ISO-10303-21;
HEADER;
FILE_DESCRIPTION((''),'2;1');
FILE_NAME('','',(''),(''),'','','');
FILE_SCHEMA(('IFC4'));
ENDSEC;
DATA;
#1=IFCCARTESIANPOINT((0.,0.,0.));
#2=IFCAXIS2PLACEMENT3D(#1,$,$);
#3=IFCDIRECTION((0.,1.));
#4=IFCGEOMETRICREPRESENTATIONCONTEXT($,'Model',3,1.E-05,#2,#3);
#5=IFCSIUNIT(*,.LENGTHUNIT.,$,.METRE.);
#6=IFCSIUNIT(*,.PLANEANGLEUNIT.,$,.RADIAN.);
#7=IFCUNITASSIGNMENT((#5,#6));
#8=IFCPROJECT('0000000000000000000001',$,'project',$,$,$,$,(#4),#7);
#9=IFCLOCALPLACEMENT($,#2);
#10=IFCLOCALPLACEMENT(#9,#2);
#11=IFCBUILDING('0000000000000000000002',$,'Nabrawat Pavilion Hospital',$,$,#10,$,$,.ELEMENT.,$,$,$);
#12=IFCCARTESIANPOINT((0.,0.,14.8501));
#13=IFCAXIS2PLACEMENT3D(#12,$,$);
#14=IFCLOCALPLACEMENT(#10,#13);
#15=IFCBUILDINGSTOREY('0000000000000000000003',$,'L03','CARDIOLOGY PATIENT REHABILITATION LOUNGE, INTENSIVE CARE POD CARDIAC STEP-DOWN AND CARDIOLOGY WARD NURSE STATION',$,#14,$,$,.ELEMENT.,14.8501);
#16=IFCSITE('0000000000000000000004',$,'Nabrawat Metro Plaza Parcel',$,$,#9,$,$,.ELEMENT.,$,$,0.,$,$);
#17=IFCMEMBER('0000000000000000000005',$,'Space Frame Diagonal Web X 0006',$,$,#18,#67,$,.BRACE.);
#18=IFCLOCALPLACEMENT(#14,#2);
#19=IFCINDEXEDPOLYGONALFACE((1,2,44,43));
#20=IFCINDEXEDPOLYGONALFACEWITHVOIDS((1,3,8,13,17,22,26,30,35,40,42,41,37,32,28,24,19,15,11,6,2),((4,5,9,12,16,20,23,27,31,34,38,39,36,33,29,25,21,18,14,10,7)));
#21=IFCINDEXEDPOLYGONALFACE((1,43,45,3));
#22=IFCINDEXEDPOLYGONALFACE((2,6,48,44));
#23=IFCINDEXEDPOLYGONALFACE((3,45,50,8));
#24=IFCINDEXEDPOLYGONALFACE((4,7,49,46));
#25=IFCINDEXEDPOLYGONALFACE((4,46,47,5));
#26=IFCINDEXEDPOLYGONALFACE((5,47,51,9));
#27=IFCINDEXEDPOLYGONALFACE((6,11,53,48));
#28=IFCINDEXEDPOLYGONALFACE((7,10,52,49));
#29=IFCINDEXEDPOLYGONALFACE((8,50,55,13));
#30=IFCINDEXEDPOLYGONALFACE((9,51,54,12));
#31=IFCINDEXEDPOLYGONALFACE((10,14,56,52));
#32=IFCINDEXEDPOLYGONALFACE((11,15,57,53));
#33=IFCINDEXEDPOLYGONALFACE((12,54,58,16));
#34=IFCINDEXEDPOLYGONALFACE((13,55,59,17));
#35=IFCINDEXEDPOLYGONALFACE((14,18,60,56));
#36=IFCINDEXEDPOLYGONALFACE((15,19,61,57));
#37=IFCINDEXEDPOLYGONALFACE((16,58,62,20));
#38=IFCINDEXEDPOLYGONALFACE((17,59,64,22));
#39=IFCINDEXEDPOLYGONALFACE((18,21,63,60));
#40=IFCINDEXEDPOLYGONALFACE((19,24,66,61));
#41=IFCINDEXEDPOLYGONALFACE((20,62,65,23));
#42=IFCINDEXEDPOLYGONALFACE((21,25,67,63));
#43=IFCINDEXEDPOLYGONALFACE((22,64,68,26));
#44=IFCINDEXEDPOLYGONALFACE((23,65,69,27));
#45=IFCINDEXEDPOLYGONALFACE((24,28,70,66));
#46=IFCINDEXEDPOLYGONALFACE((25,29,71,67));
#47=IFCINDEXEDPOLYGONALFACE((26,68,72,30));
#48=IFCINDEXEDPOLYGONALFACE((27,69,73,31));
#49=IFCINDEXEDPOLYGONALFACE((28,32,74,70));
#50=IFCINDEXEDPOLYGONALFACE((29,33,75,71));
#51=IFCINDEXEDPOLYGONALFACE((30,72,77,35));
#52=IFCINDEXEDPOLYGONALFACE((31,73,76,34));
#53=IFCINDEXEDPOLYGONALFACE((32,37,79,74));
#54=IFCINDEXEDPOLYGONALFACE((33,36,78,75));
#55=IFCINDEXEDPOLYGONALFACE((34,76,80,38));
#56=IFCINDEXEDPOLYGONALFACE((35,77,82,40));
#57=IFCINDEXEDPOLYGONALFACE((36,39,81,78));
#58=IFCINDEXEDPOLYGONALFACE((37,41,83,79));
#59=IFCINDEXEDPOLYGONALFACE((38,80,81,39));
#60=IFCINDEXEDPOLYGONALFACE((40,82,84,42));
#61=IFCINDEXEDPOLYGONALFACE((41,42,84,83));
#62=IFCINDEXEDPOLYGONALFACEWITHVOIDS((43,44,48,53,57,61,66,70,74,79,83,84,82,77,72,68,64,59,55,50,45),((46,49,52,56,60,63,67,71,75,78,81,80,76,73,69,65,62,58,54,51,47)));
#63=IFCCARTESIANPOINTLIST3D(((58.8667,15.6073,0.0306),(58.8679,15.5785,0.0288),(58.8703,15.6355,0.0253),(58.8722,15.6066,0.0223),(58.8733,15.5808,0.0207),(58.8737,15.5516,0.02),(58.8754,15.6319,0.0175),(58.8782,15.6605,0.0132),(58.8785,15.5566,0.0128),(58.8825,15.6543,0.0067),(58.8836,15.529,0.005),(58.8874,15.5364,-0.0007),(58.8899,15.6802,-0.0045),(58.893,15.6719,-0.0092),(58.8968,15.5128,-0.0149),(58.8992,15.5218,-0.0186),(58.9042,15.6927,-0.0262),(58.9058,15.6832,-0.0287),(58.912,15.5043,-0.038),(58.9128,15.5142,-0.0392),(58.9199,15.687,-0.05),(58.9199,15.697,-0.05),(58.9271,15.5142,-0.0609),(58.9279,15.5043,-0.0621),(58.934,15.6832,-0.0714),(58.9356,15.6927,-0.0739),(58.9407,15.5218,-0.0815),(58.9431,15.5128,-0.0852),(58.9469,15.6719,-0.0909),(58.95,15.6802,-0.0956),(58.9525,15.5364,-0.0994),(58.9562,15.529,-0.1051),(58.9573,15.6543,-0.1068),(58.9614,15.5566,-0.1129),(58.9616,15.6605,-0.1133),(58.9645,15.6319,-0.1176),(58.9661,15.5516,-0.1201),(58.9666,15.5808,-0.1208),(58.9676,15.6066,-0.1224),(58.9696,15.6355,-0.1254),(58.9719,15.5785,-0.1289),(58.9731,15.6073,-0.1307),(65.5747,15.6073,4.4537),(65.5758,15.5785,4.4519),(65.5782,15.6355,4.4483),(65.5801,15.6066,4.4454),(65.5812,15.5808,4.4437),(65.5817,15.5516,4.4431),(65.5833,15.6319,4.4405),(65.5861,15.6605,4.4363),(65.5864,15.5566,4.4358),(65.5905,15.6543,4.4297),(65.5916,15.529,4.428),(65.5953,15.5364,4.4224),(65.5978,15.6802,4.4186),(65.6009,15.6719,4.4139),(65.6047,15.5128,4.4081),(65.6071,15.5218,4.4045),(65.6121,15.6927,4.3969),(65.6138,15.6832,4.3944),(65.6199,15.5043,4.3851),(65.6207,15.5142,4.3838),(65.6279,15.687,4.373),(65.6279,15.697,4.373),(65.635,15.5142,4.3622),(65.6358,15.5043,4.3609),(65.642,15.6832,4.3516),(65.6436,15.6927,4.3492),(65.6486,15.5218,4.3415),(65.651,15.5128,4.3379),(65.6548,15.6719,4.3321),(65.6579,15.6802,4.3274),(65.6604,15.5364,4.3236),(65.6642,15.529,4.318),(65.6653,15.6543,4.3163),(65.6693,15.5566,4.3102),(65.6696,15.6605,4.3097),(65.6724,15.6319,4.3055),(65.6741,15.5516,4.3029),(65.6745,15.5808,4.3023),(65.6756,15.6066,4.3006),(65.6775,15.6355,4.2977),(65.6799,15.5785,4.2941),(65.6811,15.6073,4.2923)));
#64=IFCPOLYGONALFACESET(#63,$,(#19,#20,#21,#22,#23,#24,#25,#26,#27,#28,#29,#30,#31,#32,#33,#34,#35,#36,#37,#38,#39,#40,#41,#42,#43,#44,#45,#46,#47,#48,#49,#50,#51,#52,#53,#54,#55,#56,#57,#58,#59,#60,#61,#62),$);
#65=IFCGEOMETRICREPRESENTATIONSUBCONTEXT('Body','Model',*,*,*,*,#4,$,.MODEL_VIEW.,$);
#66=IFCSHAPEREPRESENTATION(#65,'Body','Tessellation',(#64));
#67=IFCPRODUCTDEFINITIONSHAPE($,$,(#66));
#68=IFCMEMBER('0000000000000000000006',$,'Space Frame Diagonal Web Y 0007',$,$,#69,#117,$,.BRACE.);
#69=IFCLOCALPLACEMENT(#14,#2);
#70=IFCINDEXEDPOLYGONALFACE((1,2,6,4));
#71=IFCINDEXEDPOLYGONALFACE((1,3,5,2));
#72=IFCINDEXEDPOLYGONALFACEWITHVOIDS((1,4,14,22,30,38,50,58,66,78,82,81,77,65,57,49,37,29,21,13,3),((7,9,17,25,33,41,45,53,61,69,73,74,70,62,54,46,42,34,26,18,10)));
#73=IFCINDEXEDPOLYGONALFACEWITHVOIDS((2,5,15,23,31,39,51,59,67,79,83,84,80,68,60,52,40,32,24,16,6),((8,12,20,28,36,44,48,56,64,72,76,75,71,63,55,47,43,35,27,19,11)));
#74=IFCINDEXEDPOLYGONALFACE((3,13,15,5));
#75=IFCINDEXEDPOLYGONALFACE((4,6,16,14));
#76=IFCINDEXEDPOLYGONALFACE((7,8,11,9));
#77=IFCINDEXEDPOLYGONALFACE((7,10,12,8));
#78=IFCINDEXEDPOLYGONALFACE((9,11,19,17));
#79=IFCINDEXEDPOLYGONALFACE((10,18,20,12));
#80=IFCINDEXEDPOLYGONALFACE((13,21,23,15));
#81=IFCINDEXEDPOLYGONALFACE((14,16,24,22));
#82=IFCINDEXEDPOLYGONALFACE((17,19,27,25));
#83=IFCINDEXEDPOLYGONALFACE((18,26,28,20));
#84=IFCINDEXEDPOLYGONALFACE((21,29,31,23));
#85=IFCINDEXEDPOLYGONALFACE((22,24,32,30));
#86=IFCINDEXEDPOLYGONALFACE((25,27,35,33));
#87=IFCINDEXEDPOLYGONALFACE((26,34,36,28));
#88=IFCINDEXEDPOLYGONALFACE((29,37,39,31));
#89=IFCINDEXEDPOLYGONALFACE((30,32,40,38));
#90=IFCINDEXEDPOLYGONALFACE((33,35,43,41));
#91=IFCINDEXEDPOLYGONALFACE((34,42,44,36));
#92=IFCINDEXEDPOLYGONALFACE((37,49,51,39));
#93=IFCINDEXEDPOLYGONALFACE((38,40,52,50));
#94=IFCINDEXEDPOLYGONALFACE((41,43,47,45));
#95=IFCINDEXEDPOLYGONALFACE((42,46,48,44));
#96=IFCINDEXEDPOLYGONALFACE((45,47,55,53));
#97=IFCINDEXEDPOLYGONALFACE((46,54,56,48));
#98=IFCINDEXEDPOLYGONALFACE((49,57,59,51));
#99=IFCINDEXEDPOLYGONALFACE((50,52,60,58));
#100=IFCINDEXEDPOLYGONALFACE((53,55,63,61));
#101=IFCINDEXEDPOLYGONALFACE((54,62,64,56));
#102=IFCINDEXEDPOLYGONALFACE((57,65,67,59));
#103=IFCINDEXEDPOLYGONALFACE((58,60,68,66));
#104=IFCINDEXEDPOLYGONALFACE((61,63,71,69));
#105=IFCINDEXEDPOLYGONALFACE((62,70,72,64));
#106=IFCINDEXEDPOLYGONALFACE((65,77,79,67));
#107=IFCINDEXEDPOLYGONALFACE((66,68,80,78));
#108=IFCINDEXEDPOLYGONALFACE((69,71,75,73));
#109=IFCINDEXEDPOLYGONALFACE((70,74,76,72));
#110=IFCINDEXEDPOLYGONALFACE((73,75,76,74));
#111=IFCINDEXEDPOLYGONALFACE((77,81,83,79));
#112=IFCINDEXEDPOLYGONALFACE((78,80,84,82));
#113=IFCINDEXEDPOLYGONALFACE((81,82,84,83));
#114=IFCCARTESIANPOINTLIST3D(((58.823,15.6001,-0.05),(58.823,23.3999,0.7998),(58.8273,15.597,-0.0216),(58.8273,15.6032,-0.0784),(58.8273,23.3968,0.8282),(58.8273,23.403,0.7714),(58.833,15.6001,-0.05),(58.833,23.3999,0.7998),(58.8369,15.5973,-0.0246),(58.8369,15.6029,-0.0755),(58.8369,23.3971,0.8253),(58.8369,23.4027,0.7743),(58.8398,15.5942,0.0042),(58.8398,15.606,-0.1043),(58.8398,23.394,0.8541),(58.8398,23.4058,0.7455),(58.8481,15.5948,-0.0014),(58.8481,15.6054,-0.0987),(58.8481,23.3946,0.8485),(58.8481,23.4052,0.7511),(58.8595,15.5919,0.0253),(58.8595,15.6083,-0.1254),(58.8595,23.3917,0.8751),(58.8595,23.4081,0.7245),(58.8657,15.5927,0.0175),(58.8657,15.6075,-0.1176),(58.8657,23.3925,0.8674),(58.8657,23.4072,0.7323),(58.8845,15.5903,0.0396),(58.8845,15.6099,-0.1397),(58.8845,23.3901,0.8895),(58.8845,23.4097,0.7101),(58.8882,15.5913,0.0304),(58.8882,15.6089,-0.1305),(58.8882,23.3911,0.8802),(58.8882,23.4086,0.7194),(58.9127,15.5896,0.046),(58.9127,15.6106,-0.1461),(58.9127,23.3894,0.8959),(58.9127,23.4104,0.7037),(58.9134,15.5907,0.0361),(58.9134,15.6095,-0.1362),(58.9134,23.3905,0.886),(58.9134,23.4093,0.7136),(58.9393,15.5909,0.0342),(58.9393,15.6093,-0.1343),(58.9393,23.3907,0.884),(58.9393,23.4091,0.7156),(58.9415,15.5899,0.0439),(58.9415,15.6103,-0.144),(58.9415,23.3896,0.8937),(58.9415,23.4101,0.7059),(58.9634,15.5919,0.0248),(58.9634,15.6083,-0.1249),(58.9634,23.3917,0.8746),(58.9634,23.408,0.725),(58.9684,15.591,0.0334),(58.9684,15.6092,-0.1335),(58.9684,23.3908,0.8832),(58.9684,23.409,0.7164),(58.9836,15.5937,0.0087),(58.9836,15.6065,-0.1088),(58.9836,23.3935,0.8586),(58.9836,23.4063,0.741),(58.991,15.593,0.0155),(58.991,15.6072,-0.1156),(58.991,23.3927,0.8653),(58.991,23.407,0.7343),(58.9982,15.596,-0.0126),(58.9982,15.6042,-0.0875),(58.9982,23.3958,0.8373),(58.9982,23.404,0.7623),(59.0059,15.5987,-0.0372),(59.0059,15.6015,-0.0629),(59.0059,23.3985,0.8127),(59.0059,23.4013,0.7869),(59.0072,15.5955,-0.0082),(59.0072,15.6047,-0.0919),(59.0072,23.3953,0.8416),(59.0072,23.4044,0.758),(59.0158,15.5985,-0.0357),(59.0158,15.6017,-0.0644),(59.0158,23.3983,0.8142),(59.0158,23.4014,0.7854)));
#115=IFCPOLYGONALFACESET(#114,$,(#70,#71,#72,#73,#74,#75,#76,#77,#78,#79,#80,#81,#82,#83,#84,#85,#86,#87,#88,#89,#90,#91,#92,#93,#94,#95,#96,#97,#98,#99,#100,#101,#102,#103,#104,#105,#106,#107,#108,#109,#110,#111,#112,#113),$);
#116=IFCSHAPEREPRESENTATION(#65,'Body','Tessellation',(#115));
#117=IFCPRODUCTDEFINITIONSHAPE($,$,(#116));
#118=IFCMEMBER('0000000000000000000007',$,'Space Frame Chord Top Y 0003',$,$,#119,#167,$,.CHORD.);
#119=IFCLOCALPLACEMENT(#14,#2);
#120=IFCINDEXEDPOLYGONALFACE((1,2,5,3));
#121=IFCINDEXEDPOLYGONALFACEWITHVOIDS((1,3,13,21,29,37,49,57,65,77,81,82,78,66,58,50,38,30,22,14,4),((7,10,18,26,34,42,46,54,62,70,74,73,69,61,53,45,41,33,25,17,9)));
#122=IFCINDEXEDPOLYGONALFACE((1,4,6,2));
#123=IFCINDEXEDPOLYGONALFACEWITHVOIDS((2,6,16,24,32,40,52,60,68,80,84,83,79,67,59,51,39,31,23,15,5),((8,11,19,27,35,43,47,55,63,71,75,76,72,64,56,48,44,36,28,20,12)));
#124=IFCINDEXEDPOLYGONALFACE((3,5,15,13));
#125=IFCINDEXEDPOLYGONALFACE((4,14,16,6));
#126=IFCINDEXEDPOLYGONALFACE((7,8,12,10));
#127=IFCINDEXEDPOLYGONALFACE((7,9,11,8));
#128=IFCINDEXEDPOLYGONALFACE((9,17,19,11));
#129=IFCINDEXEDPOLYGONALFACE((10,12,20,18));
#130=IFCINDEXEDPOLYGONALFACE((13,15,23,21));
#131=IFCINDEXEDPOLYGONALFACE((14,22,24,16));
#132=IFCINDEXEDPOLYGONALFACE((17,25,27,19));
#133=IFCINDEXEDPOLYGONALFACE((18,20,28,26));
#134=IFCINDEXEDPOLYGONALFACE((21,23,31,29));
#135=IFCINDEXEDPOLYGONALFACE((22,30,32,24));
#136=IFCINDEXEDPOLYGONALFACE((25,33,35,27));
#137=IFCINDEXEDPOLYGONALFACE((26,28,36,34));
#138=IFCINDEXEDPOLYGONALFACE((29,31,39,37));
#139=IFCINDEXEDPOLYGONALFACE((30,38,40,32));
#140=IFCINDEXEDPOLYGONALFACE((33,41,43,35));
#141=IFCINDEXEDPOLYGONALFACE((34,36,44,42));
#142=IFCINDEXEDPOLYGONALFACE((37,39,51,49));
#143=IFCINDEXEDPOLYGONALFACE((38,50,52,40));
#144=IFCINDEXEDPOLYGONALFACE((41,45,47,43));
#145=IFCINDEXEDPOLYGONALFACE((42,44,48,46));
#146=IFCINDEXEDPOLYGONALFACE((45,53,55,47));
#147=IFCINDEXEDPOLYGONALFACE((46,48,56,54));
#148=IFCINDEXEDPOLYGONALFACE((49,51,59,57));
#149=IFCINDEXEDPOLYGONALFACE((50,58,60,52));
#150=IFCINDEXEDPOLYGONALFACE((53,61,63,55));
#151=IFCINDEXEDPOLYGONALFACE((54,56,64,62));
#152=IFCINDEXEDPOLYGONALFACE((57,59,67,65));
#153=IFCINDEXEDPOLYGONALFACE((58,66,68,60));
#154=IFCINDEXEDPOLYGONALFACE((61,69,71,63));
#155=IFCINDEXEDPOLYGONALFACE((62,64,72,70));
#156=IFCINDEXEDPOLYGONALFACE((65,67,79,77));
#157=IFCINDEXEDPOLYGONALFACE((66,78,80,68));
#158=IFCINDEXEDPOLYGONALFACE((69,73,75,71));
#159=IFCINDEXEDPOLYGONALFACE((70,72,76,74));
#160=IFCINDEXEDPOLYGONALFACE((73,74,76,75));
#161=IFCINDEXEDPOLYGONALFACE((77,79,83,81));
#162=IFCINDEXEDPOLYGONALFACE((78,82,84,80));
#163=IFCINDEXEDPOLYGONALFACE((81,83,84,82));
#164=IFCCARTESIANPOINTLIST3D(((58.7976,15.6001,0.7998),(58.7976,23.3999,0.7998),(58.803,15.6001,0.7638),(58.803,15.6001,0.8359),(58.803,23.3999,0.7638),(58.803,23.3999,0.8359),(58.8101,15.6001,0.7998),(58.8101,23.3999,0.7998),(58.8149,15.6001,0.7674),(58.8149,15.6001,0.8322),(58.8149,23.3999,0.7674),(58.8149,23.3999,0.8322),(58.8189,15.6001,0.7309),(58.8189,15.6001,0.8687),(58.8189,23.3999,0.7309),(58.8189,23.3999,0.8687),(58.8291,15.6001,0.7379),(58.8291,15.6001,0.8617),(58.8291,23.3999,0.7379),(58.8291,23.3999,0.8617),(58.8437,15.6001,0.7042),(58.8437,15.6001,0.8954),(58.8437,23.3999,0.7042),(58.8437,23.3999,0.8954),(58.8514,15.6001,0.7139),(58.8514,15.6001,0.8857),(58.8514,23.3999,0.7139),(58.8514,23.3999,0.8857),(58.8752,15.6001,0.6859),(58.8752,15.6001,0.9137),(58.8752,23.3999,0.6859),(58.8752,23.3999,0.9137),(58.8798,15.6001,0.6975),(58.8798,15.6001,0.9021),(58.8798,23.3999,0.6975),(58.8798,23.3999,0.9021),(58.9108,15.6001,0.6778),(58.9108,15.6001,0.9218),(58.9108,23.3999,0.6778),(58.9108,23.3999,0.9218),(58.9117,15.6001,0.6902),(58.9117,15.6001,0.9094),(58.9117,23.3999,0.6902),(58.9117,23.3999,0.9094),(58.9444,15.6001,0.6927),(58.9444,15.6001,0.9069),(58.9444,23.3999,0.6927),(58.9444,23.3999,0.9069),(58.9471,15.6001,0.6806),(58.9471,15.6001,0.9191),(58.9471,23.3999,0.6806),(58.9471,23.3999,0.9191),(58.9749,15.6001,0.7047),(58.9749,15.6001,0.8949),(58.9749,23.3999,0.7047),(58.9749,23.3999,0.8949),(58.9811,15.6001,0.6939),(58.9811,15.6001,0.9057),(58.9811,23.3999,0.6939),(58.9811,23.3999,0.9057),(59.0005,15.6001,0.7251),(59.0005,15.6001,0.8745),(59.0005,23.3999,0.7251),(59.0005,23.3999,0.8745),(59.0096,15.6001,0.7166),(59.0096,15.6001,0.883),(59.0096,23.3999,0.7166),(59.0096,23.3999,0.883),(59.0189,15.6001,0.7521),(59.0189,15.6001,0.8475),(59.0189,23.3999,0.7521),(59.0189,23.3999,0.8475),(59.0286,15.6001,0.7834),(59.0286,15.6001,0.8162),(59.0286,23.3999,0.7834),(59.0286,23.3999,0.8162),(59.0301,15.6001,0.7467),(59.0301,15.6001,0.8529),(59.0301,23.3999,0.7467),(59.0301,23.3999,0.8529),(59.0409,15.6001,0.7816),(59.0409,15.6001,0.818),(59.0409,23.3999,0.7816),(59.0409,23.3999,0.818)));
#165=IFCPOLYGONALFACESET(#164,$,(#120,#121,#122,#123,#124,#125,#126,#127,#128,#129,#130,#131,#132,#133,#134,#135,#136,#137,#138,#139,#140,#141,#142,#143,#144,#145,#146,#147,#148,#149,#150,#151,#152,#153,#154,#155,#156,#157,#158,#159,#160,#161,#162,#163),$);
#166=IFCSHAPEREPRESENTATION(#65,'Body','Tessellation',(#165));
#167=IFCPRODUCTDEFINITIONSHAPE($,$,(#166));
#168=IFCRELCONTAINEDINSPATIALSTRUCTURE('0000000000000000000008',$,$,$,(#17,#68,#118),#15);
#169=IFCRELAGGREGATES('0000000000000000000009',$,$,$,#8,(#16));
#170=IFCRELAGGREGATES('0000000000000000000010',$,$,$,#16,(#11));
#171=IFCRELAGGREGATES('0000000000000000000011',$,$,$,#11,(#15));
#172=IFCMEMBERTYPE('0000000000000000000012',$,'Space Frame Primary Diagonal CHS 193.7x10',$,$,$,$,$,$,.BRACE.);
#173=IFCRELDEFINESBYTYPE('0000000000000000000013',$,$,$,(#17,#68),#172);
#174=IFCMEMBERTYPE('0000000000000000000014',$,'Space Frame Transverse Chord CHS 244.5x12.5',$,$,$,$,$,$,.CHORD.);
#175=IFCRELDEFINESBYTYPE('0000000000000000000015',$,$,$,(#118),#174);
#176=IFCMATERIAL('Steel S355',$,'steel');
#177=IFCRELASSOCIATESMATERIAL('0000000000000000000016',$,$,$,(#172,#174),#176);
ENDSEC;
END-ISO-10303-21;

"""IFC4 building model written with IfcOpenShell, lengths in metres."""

from ifc_helpers import new_model, si_unit, direction, frame, origin, origin_2d, place, context, subcontext, project, spatial, hollow_circle, extrude, material, material_profile, profile_set, type_object, element, save


model = new_model("IFC4")

# Units and contexts
model_context = context("Model", 3, precision=1e-05, world=origin(), true_north=direction((0.0, 1.0)))
body_context = subcontext(model_context, "Body", "Model", "MODEL_VIEW")
ifc_project = project(units=[si_unit("LENGTHUNIT", "METRE"), si_unit("PLANEANGLEUNIT", "RADIAN")], contexts=[model_context])

# Site, building, storey
site_placement = place(None, origin())
site = spatial("IfcSite", under=ifc_project, at=site_placement, Name="Nabrawat Metro Plaza Parcel", CompositionType="ELEMENT", RefElevation=0.0)
building_placement = place(site_placement, origin())
building = spatial("IfcBuilding", under=site, at=building_placement, Name="Nabrawat Pavilion Hospital", CompositionType="ELEMENT")
storey_placement = place(building_placement, frame((0.0, 0.0, 14.8501)))
storey = spatial("IfcBuildingStorey", under=building, at=storey_placement, Name="L03", Description="CARDIOLOGY PATIENT REHABILITATION LOUNGE, INTENSIVE CARE POD CARDIAC STEP-DOWN AND CARDIOLOGY WARD NURSE STATION", CompositionType="ELEMENT", Elevation=14.8501)

# Shared definitions
ifc_material_1 = material(Name="Steel S355", Category="steel")

# Members
ifc_material_profile_1 = material_profile(ifc_material_1, hollow_circle(Radius=0.0969, WallThickness=0.01, at=origin_2d()), Name="CHS 193.7x10")
ifc_profile_set_1 = profile_set([ifc_material_profile_1], Name="Steel S355")
member_type_1 = type_object("IfcMemberType", Name="Space Frame Primary Diagonal CHS 193.7x10", PredefinedType="BRACE", material=ifc_profile_set_1)
member_1_placement = place(storey_placement, frame((58.9199, 15.6001, -0.05), z_axis=(0.834849, 0.0, 0.550479), x_axis=(0.0, 1.0, 0.0)))
element("IfcMember", 1, at=member_1_placement, inside=storey, type_object=member_type_1, Name="Space Frame Diagonal Web X 0006", PredefinedType="BRACE", context=body_context, shape_type="SweptSolid", body=[
    extrude(hollow_circle(Radius=0.0969, WallThickness=0.01, at=origin_2d()), origin(), (0.0, 0.0, 1.0), 8.0349),
])
member_2_placement = place(storey_placement, frame((58.9199, 15.6001, -0.05), z_axis=(0.0, 0.994116, 0.108317), x_axis=(-1.0, 0.0, 0.0)))
element("IfcMember", 2, at=member_2_placement, inside=storey, type_object=member_type_1, Name="Space Frame Diagonal Web Y 0007", PredefinedType="BRACE", context=body_context, shape_type="SweptSolid", body=[
    extrude(hollow_circle(Radius=0.0969, WallThickness=0.01, at=origin_2d()), origin(), (0.0, 0.0, 1.0), 7.8459),
])
ifc_material_profile_2 = material_profile(ifc_material_1, hollow_circle(Radius=0.1223, WallThickness=0.0125, at=origin_2d()), Name="CHS 244.5x12.5")
ifc_profile_set_2 = profile_set([ifc_material_profile_2], Name="Steel S355")
member_type_2 = type_object("IfcMemberType", Name="Space Frame Transverse Chord CHS 244.5x12.5", PredefinedType="CHORD", material=ifc_profile_set_2)
for number, where, z_axis, x_axis, name in (
    (3, (58.9199, 15.6001, 0.7998), (0.0, 1.0, 0.0), (-1.0, 0.0, 0.0), "Space Frame Chord Top Y 0003"),
):
    element("IfcMember", number, at=place(storey_placement, frame(where, z_axis=z_axis, x_axis=x_axis)), inside=storey, type_object=member_type_2, Name=name, PredefinedType="CHORD", context=body_context, shape_type="SweptSolid", body=[
        extrude(hollow_circle(Radius=0.1223, WallThickness=0.0125, at=origin_2d()), origin(), (0.0, 0.0, 1.0), 7.7998),
    ])

save(model, "model.ifc")
